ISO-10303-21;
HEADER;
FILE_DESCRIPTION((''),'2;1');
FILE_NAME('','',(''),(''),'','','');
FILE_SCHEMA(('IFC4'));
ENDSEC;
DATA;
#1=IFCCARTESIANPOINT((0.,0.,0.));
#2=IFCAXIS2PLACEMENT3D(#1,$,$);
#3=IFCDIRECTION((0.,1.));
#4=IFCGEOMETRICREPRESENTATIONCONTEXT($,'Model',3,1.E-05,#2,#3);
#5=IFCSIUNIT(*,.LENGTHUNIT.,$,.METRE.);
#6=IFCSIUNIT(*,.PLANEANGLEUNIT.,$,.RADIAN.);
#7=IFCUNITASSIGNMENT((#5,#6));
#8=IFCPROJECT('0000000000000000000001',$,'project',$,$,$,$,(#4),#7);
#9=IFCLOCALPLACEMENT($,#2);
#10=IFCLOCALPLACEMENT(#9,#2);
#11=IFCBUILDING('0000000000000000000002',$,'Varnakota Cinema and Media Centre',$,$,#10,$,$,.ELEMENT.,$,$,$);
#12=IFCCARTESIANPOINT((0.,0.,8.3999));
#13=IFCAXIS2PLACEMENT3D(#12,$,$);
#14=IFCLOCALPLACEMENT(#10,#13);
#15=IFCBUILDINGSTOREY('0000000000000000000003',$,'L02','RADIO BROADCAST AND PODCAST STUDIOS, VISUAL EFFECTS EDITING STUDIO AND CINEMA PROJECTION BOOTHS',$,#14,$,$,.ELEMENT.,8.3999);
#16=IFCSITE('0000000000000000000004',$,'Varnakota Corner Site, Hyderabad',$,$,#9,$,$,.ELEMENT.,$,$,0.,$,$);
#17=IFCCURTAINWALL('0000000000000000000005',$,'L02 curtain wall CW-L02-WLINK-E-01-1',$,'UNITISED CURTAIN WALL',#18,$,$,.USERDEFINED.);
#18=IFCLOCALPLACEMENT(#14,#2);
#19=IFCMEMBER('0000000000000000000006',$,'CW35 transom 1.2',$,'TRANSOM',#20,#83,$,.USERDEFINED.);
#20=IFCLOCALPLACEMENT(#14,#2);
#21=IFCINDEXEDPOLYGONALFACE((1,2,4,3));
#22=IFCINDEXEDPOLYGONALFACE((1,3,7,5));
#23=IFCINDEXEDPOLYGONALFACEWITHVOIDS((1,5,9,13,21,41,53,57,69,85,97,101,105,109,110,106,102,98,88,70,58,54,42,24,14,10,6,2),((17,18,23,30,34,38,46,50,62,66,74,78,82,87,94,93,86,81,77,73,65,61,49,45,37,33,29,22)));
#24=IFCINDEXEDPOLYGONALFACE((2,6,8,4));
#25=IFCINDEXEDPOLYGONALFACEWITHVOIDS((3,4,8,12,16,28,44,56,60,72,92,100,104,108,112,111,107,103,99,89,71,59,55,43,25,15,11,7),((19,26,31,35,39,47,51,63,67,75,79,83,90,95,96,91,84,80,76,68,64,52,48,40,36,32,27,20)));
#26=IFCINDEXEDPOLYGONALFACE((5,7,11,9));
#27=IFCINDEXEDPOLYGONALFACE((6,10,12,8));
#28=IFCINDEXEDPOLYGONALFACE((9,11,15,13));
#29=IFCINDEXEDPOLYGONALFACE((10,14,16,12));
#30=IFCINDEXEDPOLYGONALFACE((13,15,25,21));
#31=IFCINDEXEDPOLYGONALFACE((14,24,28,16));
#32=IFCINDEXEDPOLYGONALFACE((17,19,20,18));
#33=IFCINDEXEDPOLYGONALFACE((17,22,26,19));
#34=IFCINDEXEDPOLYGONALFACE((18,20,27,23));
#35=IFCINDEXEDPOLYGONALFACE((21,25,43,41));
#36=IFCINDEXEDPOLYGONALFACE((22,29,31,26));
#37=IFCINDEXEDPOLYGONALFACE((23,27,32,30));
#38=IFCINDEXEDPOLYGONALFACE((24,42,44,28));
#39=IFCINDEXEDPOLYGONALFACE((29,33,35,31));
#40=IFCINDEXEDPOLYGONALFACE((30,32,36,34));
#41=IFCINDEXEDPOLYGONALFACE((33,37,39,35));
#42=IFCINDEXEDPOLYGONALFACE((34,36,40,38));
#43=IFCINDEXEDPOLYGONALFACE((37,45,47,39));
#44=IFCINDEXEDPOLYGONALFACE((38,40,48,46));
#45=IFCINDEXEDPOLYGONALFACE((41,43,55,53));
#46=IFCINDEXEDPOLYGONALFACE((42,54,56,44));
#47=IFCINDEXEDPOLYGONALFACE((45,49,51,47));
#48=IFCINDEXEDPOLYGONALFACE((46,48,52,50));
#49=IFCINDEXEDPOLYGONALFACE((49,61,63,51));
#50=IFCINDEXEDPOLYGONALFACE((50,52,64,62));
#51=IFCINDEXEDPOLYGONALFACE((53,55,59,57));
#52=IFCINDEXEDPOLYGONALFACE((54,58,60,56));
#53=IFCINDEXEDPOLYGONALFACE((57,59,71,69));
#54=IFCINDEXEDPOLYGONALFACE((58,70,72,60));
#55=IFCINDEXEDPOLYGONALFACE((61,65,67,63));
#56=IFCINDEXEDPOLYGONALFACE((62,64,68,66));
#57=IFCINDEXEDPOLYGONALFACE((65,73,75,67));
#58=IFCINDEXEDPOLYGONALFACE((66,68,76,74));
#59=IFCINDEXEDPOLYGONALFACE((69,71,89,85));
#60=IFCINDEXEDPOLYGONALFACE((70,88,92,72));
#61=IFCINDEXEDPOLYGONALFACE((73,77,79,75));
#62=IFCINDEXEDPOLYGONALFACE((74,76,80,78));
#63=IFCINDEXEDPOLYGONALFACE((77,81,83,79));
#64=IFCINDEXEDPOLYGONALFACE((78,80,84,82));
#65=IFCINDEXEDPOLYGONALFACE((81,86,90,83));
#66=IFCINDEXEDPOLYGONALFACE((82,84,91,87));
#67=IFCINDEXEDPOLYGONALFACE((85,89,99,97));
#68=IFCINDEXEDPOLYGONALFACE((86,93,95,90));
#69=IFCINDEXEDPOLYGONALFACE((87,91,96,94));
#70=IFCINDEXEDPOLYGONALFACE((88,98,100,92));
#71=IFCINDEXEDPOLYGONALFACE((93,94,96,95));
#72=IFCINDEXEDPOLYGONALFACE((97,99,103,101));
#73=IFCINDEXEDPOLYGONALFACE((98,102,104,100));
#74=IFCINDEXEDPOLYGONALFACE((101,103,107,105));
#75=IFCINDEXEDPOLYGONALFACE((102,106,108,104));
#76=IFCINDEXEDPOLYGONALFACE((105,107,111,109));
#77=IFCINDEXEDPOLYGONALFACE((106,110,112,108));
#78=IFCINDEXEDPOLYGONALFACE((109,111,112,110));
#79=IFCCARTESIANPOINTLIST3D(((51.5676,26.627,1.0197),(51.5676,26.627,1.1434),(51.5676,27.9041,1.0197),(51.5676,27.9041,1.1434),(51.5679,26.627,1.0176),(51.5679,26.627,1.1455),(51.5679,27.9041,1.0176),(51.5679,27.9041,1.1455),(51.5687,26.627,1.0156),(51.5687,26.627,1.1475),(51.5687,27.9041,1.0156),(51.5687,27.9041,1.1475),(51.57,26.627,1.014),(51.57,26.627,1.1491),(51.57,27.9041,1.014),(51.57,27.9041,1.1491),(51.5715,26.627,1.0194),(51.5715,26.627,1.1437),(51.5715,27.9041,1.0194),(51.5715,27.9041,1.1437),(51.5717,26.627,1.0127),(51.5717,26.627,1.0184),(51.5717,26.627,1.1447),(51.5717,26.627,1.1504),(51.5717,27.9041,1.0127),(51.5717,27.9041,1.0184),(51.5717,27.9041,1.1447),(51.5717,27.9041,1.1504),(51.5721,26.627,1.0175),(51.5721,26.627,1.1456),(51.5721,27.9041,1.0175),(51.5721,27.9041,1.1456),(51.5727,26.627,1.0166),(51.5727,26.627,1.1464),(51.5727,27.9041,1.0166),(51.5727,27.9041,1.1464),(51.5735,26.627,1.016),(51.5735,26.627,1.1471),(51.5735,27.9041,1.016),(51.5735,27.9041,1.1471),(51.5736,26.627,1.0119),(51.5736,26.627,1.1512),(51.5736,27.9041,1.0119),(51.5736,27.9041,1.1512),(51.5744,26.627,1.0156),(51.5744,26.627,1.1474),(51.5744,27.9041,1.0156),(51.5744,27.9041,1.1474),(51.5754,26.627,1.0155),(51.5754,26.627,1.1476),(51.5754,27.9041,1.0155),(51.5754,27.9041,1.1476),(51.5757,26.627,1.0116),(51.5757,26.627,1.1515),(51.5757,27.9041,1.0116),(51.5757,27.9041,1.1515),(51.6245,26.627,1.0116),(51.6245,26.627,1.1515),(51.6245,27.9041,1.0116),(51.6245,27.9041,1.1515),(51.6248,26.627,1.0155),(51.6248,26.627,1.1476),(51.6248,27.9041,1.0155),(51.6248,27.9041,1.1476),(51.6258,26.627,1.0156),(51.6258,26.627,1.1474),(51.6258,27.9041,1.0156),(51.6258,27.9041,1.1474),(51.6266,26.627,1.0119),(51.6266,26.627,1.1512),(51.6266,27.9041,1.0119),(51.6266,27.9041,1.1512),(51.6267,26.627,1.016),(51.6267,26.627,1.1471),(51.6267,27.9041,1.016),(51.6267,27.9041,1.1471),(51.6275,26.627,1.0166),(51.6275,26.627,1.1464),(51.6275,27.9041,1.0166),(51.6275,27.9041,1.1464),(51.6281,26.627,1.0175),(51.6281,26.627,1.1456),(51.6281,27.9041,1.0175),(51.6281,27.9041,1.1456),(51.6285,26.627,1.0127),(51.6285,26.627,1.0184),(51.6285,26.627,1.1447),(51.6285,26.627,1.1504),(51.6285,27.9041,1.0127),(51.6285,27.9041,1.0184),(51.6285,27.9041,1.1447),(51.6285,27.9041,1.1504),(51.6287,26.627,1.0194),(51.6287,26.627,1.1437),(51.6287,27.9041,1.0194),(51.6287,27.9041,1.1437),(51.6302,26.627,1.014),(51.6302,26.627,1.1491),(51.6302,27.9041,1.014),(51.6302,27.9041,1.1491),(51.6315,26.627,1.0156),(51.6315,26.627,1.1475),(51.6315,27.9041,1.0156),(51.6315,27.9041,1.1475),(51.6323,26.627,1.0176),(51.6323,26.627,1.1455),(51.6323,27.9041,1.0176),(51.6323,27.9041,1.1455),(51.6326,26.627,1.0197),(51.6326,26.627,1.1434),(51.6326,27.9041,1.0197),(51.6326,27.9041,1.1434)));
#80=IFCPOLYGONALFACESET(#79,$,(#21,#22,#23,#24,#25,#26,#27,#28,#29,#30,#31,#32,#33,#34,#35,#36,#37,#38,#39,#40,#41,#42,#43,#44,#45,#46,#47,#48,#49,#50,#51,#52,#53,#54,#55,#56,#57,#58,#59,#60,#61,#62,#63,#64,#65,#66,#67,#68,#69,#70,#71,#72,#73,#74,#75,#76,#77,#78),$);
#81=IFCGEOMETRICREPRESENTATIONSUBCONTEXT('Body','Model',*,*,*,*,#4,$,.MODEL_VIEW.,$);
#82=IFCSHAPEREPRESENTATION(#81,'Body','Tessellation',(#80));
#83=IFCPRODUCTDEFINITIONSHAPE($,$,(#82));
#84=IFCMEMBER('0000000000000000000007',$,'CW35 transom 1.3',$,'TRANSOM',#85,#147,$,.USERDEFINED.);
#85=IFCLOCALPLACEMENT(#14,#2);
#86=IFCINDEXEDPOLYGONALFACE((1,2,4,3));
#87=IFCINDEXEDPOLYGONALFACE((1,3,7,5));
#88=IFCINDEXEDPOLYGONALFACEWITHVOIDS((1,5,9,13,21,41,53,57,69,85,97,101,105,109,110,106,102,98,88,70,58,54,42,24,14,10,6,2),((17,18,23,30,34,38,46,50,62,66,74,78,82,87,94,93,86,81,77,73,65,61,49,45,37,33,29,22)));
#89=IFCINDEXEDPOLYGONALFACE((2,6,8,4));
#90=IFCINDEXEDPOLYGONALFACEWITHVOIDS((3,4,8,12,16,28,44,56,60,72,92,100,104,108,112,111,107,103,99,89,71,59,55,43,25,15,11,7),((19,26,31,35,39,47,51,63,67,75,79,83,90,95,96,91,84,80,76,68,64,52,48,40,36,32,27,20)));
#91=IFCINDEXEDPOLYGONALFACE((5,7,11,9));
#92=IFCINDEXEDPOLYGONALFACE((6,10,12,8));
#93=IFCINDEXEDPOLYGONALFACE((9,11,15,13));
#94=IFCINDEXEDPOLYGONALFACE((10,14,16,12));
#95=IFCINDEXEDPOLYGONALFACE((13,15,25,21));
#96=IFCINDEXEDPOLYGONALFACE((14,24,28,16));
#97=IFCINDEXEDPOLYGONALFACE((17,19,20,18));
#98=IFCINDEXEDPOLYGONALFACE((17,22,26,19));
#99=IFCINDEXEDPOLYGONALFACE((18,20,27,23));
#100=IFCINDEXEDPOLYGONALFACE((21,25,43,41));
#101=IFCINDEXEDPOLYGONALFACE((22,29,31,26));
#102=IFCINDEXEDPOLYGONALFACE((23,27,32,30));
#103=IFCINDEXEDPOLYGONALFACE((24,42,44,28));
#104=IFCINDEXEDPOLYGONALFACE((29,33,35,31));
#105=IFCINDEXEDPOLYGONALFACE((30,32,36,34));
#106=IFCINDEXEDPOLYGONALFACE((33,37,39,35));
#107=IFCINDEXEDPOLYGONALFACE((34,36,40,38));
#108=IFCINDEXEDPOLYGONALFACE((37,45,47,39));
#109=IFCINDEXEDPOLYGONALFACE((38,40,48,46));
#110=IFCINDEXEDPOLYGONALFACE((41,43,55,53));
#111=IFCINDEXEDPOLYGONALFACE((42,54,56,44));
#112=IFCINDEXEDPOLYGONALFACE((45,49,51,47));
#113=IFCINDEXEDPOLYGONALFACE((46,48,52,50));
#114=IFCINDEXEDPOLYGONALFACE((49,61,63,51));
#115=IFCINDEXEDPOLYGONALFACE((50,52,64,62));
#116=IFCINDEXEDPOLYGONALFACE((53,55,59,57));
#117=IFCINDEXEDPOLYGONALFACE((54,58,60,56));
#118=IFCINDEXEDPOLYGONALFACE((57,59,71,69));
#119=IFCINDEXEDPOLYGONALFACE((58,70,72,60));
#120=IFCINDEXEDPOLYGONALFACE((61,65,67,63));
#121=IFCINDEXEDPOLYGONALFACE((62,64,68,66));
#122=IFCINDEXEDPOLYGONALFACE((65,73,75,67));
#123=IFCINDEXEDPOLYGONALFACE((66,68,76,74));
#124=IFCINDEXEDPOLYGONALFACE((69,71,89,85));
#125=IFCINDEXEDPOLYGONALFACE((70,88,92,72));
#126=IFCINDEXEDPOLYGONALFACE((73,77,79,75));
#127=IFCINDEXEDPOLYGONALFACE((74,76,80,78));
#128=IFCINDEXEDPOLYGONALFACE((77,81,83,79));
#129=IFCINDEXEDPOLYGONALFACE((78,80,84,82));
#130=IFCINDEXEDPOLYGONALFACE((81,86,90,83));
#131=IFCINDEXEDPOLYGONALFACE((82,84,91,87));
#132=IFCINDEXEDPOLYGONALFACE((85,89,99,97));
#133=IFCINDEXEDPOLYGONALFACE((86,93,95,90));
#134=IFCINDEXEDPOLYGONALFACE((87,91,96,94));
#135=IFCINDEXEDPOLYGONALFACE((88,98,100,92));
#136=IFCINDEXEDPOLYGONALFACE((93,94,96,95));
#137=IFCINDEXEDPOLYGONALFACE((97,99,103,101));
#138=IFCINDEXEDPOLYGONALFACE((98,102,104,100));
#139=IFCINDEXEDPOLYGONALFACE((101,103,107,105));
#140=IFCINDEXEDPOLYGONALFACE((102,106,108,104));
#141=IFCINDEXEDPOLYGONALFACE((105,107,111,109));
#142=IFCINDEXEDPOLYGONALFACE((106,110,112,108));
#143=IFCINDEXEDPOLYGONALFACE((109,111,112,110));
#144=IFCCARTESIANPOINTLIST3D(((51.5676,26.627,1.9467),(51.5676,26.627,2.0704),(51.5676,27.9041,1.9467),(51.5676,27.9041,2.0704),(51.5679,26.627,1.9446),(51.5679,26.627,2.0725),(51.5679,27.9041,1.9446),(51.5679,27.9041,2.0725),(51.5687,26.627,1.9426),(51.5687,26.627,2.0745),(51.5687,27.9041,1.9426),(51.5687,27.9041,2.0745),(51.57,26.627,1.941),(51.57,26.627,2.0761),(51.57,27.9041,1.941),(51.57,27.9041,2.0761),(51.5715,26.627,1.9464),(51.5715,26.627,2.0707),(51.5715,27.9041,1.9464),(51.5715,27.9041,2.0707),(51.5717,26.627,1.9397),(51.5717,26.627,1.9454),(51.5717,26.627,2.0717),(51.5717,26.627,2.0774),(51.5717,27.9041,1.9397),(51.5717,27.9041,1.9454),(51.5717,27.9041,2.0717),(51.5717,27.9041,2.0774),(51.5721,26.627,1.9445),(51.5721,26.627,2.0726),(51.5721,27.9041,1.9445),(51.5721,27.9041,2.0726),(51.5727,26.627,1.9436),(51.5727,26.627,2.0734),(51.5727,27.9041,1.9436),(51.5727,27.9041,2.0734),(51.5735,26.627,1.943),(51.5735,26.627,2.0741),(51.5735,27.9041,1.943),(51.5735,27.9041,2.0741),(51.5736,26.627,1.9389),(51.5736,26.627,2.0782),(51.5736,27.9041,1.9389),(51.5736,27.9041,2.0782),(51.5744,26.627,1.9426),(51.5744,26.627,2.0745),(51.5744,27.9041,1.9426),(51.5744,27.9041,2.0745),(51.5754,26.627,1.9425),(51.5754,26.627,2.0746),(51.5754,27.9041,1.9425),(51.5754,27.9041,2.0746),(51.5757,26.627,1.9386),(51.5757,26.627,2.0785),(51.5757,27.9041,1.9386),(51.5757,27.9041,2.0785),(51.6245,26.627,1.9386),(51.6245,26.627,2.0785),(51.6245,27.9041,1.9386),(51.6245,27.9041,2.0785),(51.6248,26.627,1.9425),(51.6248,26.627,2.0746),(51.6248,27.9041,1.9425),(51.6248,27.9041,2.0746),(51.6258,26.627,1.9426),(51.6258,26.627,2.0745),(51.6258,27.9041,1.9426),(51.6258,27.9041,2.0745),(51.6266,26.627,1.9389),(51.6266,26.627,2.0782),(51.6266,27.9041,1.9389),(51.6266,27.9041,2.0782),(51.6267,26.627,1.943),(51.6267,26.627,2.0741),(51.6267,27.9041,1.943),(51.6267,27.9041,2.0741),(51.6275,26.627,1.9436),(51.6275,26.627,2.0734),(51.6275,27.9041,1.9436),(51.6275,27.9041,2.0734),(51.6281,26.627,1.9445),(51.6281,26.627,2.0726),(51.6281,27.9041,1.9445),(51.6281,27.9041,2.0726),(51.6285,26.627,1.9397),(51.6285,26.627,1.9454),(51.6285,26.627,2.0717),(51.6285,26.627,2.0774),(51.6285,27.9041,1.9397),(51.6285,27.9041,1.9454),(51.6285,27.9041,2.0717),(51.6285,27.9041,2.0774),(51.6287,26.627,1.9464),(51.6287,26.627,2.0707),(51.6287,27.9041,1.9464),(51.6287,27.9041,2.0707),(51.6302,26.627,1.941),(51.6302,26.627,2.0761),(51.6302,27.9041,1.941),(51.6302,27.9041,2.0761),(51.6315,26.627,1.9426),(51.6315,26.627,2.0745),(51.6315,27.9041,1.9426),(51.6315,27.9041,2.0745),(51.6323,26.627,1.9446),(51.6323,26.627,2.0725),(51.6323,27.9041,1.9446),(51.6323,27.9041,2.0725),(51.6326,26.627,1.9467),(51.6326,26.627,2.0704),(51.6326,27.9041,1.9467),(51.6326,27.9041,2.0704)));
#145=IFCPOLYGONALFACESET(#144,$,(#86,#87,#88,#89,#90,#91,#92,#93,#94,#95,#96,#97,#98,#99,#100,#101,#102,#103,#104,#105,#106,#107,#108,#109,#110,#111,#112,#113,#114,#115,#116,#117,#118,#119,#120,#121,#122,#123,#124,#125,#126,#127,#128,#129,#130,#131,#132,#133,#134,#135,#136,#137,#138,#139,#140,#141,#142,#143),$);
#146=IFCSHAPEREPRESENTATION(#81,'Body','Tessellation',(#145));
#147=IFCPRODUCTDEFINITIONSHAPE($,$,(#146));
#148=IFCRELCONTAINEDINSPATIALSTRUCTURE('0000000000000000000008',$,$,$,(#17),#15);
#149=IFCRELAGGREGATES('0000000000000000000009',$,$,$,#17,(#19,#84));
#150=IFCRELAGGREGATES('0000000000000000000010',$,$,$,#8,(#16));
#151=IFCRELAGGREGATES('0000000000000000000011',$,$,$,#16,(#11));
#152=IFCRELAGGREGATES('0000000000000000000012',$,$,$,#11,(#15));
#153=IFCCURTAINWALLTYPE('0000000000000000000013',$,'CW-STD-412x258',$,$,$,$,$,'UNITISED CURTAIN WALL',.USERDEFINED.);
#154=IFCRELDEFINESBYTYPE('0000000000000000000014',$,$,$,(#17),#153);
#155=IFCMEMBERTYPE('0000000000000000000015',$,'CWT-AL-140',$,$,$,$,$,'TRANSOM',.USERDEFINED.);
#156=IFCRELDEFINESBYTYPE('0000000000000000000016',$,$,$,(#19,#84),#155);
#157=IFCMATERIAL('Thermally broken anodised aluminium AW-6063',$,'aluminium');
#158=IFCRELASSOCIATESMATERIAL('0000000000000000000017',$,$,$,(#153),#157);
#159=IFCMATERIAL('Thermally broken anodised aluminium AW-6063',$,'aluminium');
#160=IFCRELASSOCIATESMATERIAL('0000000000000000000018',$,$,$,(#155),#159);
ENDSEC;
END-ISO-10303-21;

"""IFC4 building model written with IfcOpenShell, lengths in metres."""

from ifc_helpers import new_model, si_unit, direction, frame, origin, origin_2d, place, context, subcontext, project, spatial, hollow_rectangle, extrude, material, material_profile, profile_set, type_object, element, aggregate, save


model = new_model("IFC4")

# Units and contexts
model_context = context("Model", 3, precision=1e-05, world=origin(), true_north=direction((0.0, 1.0)))
body_context = subcontext(model_context, "Body", "Model", "MODEL_VIEW")
ifc_project = project(units=[si_unit("LENGTHUNIT", "METRE"), si_unit("PLANEANGLEUNIT", "RADIAN")], contexts=[model_context])

# Site, building, storey
site_placement = place(None, origin())
site = spatial("IfcSite", under=ifc_project, at=site_placement, Name="Varnakota Corner Site, Hyderabad", CompositionType="ELEMENT", RefElevation=0.0)
building_placement = place(site_placement, origin())
building = spatial("IfcBuilding", under=site, at=building_placement, Name="Varnakota Cinema and Media Centre", CompositionType="ELEMENT")
storey_placement = place(building_placement, frame((0.0, 0.0, 8.3999)))
storey = spatial("IfcBuildingStorey", under=building, at=storey_placement, Name="L02", Description="RADIO BROADCAST AND PODCAST STUDIOS, VISUAL EFFECTS EDITING STUDIO AND CINEMA PROJECTION BOOTHS", CompositionType="ELEMENT", Elevation=8.3999)

# Curtain wall, members
ifc_material_1 = material(Name="Thermally broken anodised aluminium AW-6063", Category="aluminium")
curtain_wall_type = type_object("IfcCurtainWallType", Name="CW-STD-412x258", ElementType="UNITISED CURTAIN WALL", PredefinedType="USERDEFINED", material=ifc_material_1)
curtain_wall_placement = place(storey_placement, origin())
curtain_wall = element("IfcCurtainWall", 1, at=curtain_wall_placement, inside=storey, type_object=curtain_wall_type, Name="L02 curtain wall CW-L02-WLINK-E-01-1", ObjectType="UNITISED CURTAIN WALL", PredefinedType="USERDEFINED")
ifc_material_2 = material(Name="Thermally broken anodised aluminium AW-6063", Category="aluminium")
ifc_material_profile_1 = material_profile(ifc_material_2, hollow_rectangle(XDim=0.0649, YDim=0.1399, WallThickness=0.0039, InnerFilletRadius=0.0039, OuterFilletRadius=0.0081, at=origin_2d()), Name="AL-TRANSOM 140x65x4")
ifc_profile_set_1 = profile_set([ifc_material_profile_1], Name="Thermally broken anodised aluminium AW-6063")
member_type_1 = type_object("IfcMemberType", Name="CWT-AL-140", ElementType="TRANSOM", PredefinedType="USERDEFINED", material=ifc_profile_set_1)
member_1_placement = place(storey_placement, frame((51.6001, 26.627, 1.0815), z_axis=(0.0, 1.0, 0.0), x_axis=(-1.0, 0.0, 0.0)))
member_1 = element("IfcMember", 2, at=member_1_placement, type_object=member_type_1, Name="CW35 transom 1.2", ObjectType="TRANSOM", PredefinedType="USERDEFINED", context=body_context, shape_type="SweptSolid", body=[
    extrude(hollow_rectangle(XDim=0.0649, YDim=0.1399, WallThickness=0.0039, InnerFilletRadius=0.0039, OuterFilletRadius=0.0081, at=origin_2d()), origin(), (0.0, 0.0, 1.0), 1.2771),
])
member_2_placement = place(storey_placement, frame((51.6001, 26.627, 2.0085), z_axis=(0.0, 1.0, 0.0), x_axis=(-1.0, 0.0, 0.0)))
member_2 = element("IfcMember", 3, at=member_2_placement, type_object=member_type_1, Name="CW35 transom 1.3", ObjectType="TRANSOM", PredefinedType="USERDEFINED", context=body_context, shape_type="SweptSolid", body=[
    extrude(hollow_rectangle(XDim=0.0649, YDim=0.1399, WallThickness=0.0039, InnerFilletRadius=0.0039, OuterFilletRadius=0.0081, at=origin_2d()), origin(), (0.0, 0.0, 1.0), 1.2771),
])
aggregate(curtain_wall, [member_1, member_2])

save(model, "model.ifc")
